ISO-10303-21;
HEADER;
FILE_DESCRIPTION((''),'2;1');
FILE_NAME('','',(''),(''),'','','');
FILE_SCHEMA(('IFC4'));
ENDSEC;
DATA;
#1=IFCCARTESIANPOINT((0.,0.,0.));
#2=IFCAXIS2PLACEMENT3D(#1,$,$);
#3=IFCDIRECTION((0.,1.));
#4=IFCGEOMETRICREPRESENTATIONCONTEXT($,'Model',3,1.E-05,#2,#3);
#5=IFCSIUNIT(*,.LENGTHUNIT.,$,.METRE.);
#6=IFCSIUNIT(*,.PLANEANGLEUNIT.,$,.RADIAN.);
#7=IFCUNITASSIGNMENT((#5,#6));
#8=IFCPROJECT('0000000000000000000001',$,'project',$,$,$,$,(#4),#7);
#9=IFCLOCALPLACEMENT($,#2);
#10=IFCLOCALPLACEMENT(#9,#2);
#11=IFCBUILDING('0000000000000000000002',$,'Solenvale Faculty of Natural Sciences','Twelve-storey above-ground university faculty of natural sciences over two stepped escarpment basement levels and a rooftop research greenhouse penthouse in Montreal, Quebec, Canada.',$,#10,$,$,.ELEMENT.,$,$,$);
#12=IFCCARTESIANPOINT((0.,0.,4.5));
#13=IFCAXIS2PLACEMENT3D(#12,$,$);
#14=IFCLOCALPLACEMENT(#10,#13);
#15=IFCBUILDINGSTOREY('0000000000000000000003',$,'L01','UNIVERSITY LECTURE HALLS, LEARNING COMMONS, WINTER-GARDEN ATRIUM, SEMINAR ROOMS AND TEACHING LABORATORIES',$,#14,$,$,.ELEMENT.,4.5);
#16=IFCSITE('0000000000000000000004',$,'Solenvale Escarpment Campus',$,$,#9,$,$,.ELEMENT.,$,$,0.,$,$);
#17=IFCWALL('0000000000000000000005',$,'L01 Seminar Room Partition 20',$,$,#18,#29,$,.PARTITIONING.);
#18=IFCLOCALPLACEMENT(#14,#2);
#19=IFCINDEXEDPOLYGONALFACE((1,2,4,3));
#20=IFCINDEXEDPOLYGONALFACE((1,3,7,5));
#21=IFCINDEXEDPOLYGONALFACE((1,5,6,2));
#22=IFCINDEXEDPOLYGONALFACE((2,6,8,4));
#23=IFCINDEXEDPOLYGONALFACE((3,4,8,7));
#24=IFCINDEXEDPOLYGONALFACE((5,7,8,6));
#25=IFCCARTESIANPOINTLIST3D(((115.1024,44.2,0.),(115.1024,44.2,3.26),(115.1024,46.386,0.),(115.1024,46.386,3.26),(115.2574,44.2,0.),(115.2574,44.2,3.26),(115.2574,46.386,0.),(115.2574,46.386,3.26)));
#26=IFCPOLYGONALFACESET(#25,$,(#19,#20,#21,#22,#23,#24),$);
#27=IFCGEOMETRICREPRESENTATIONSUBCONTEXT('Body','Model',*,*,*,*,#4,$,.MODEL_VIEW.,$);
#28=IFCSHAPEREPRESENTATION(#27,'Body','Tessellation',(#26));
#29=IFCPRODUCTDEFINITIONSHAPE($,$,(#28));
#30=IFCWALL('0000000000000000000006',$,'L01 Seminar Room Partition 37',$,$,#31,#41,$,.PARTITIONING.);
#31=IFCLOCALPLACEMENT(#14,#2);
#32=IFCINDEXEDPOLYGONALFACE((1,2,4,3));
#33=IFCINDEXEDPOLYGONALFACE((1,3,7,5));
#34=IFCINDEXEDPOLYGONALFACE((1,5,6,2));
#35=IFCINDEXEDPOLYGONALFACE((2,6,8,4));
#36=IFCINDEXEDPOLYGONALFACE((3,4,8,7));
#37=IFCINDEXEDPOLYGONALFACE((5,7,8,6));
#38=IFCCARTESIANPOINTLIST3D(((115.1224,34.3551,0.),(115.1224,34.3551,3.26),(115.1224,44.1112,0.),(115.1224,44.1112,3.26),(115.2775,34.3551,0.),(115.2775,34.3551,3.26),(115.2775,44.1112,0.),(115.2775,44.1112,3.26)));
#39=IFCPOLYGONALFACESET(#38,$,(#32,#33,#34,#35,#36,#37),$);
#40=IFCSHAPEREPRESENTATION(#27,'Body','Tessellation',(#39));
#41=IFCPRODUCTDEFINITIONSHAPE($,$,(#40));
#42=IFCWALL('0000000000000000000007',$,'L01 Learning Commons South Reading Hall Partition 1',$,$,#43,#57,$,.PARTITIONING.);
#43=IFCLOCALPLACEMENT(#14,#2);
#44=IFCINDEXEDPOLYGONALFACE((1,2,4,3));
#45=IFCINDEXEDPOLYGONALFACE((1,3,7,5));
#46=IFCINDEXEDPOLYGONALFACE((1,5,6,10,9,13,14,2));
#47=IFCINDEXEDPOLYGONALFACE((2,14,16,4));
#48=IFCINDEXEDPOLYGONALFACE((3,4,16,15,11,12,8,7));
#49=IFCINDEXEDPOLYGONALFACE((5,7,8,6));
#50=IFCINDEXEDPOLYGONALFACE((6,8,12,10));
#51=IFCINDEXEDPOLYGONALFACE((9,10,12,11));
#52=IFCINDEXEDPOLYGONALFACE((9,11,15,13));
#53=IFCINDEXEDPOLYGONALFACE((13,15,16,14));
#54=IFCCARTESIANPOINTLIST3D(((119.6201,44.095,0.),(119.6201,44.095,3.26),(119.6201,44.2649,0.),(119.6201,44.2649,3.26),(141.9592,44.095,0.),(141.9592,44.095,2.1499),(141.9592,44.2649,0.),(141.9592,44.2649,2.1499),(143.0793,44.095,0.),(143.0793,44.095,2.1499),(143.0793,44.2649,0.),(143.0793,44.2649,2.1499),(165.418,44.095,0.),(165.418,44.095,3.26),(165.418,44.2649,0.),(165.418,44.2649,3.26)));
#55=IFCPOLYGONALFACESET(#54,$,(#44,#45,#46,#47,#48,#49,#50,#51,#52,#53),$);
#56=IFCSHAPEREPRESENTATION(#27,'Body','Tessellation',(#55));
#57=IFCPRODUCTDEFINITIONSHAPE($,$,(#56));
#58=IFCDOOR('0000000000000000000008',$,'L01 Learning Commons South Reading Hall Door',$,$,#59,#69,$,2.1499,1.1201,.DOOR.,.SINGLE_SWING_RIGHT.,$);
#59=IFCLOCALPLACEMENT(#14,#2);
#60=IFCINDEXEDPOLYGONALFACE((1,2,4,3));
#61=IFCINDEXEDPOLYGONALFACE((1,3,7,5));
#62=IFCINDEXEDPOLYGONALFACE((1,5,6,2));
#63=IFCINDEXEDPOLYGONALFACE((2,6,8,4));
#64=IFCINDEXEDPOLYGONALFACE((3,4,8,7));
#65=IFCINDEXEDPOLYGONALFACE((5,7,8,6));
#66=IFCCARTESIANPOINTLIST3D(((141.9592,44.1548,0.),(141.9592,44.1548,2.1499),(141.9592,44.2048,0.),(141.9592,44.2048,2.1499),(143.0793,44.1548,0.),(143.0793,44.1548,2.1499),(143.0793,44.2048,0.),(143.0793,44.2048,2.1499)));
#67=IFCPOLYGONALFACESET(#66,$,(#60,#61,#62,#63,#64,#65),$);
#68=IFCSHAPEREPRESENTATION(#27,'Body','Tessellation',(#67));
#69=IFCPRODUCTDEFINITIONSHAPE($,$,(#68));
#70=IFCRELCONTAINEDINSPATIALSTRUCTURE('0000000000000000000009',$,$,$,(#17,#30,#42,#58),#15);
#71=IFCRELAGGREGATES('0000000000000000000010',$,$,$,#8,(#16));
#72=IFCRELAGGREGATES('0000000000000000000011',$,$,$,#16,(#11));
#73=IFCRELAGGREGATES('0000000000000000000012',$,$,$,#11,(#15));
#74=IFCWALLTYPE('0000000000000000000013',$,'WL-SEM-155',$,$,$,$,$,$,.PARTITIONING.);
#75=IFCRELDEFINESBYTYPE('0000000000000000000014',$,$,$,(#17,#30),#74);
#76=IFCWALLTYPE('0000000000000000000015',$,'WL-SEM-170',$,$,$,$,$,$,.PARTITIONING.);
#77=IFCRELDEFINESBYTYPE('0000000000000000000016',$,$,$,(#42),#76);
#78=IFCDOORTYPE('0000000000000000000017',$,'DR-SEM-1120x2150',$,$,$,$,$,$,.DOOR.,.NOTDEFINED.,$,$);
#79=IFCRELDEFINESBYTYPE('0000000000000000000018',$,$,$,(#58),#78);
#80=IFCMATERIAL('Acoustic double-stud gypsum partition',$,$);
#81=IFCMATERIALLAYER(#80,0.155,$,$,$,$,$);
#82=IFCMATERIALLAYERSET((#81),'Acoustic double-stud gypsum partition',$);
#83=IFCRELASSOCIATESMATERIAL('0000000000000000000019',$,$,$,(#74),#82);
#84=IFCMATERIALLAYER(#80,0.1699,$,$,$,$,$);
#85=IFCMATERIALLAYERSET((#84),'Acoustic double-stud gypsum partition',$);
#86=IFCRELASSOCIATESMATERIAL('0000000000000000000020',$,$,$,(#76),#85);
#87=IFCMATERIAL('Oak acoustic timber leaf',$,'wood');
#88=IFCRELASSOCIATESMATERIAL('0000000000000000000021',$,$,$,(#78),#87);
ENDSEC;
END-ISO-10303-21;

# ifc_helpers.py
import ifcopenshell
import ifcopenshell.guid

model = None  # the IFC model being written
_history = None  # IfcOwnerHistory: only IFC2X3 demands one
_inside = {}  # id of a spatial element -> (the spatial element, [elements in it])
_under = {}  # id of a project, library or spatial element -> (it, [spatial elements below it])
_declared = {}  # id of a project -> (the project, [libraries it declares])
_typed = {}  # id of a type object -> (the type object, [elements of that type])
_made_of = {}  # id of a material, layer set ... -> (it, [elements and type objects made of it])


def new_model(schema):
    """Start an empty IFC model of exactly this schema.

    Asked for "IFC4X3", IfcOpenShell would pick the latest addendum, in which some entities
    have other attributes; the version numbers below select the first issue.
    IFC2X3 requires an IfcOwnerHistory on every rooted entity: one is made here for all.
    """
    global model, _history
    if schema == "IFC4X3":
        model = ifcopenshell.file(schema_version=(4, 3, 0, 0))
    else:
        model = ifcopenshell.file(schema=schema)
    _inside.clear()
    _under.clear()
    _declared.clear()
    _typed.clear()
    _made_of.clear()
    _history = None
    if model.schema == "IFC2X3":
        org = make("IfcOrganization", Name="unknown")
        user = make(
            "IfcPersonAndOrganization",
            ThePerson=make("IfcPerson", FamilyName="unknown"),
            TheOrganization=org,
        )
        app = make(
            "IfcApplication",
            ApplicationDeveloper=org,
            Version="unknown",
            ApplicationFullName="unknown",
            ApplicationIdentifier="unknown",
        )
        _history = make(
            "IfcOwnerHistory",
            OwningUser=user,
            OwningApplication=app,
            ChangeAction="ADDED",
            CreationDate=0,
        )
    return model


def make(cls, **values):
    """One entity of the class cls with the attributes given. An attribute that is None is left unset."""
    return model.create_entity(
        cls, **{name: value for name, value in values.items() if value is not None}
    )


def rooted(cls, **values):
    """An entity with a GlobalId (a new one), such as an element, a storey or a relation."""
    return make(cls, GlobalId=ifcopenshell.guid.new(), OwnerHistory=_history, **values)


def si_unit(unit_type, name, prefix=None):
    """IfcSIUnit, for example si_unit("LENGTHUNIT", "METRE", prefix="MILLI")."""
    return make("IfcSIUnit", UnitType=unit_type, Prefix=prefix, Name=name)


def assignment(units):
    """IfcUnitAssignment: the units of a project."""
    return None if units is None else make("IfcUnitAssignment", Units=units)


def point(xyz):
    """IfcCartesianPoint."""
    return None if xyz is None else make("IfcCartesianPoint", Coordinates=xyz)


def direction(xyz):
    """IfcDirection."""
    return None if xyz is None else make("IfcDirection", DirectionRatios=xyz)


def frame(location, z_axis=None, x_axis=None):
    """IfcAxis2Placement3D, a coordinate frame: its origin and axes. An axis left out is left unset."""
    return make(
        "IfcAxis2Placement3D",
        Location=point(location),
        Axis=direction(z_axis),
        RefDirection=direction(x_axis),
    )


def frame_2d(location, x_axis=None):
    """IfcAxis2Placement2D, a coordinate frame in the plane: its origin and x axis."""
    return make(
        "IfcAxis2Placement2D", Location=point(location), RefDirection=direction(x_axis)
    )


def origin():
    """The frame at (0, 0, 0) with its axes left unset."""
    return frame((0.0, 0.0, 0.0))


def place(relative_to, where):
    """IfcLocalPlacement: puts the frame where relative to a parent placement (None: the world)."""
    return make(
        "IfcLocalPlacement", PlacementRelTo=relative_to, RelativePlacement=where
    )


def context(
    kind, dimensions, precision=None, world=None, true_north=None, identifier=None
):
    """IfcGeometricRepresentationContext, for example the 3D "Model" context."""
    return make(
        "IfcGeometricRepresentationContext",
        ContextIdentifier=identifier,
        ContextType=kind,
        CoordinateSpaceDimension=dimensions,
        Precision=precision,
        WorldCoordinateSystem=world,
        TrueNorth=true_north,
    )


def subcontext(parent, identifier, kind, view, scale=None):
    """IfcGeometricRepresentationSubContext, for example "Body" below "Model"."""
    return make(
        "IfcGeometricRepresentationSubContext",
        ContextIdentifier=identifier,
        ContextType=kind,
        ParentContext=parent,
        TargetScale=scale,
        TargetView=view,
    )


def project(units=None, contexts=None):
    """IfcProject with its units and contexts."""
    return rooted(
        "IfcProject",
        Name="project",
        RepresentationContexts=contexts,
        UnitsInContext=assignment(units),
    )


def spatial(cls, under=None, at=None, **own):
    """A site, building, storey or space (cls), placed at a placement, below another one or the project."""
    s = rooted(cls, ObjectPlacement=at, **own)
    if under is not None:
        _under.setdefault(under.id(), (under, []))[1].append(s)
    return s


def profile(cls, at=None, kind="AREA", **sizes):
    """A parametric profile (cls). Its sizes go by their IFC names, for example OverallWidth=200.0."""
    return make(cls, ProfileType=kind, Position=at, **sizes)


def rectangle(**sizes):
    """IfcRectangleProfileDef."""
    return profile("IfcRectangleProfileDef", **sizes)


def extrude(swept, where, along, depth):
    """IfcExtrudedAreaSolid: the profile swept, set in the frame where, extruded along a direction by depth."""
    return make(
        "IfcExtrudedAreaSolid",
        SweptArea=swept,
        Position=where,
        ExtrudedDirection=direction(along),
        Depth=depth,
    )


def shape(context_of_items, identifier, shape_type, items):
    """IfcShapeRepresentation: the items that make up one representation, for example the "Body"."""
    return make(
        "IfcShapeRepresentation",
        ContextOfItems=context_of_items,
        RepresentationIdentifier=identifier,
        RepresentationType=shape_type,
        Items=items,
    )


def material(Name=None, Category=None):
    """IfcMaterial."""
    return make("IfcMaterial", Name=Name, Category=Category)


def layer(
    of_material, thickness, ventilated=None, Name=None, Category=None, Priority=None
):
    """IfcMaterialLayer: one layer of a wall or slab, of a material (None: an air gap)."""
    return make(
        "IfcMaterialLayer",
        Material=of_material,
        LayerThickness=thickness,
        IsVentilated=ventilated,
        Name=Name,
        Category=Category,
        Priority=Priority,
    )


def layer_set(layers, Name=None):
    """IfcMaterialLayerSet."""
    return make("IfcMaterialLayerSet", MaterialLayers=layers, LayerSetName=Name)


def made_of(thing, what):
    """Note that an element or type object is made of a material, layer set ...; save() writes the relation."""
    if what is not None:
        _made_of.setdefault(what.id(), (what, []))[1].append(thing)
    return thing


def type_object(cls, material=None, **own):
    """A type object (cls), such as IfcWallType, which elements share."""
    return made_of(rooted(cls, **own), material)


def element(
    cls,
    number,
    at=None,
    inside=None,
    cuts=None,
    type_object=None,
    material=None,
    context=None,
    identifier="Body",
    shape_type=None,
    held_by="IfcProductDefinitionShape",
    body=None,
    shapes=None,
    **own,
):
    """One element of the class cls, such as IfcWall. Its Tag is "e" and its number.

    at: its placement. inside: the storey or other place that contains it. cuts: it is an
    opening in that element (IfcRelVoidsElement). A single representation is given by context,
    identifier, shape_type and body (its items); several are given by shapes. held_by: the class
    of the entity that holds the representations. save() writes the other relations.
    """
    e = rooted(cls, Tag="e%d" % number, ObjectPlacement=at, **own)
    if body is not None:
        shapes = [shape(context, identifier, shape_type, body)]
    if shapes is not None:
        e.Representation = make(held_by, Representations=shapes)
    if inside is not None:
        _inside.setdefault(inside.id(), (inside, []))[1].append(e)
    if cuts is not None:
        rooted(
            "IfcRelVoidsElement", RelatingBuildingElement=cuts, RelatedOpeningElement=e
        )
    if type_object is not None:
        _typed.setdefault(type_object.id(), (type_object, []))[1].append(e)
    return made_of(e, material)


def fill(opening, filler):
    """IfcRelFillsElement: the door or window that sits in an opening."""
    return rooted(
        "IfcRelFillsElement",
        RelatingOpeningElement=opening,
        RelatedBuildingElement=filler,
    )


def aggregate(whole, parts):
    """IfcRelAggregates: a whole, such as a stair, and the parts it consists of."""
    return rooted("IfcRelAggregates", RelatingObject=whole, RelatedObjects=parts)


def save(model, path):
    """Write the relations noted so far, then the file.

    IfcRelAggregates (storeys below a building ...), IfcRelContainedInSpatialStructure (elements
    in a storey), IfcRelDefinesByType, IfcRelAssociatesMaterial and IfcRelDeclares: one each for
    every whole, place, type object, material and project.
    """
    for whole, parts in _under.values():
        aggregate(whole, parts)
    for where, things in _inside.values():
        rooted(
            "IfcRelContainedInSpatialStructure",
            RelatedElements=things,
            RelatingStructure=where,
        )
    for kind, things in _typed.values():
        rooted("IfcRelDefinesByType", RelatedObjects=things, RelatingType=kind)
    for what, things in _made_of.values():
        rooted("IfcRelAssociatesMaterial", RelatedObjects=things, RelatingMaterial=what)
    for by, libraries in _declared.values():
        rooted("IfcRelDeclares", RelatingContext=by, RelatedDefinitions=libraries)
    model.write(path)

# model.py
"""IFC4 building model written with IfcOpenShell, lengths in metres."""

from ifc_helpers import new_model, si_unit, direction, frame, frame_2d, origin, place, context, subcontext, project, spatial, rectangle, extrude, material, layer, layer_set, type_object, element, fill, save


model = new_model("IFC4")

# Units and contexts
model_context = context("Model", 3, precision=1e-05, world=origin(), true_north=direction((0.0, 1.0)))
body_context = subcontext(model_context, "Body", "Model", "MODEL_VIEW")
ifc_project = project(units=[si_unit("LENGTHUNIT", "METRE"), si_unit("PLANEANGLEUNIT", "RADIAN")], contexts=[model_context])

# Site, building, storey
site_placement = place(None, origin())
site = spatial("IfcSite", under=ifc_project, at=site_placement, Name="Solenvale Escarpment Campus", CompositionType="ELEMENT", RefElevation=0.0)
building_placement = place(site_placement, origin())
building = spatial("IfcBuilding", under=site, at=building_placement, Name="Solenvale Faculty of Natural Sciences", Description="Twelve-storey above-ground university faculty of natural sciences over two stepped escarpment basement levels and a rooftop research greenhouse penthouse in Montreal, Quebec, Canada.", CompositionType="ELEMENT")
storey_placement = place(building_placement, frame((0.0, 0.0, 4.5)))
storey = spatial("IfcBuildingStorey", under=building, at=storey_placement, Name="L01", Description="UNIVERSITY LECTURE HALLS, LEARNING COMMONS, WINTER-GARDEN ATRIUM, SEMINAR ROOMS AND TEACHING LABORATORIES", CompositionType="ELEMENT", Elevation=4.5)

# Walls
ifc_material_1 = material(Name="Acoustic double-stud gypsum partition")
ifc_layer_1 = layer(ifc_material_1, 0.155)
ifc_layer_set_1 = layer_set([ifc_layer_1], Name="Acoustic double-stud gypsum partition")
wall_type_1 = type_object("IfcWallType", Name="WL-SEM-155", PredefinedType="PARTITIONING", material=ifc_layer_set_1)
wall_1_placement = place(storey_placement, frame((115.1799, 46.386, 0.0), z_axis=(0.0, 0.0, 1.0), x_axis=(0.0, -1.0, 0.0)))
element("IfcWall", 1, at=wall_1_placement, inside=storey, type_object=wall_type_1, Name="L01 Seminar Room Partition 20", PredefinedType="PARTITIONING", context=body_context, shape_type="SweptSolid", body=[
    extrude(rectangle(XDim=2.186, YDim=0.155, at=frame_2d((1.093, 0.0))), origin(), (0.0, 0.0, 1.0), 3.26),
])
wall_2_placement = place(storey_placement, frame((115.2, 44.1111, 0.0), z_axis=(0.0, 0.0, 1.0), x_axis=(0.0, -1.0, 0.0)))
element("IfcWall", 2, at=wall_2_placement, inside=storey, type_object=wall_type_1, Name="L01 Seminar Room Partition 37", PredefinedType="PARTITIONING", context=body_context, shape_type="SweptSolid", body=[
    extrude(rectangle(XDim=9.7561, YDim=0.155, at=frame_2d((4.8779, 0.0))), origin(), (0.0, 0.0, 1.0), 3.26),
])

# Wall, opening, door
ifc_layer_2 = layer(ifc_material_1, 0.1699)
ifc_layer_set_2 = layer_set([ifc_layer_2], Name="Acoustic double-stud gypsum partition")
wall_type_2 = type_object("IfcWallType", Name="WL-SEM-170", PredefinedType="PARTITIONING", material=ifc_layer_set_2)
wall_3_placement = place(storey_placement, frame((119.6201, 44.1799, 0.0), z_axis=(0.0, 0.0, 1.0), x_axis=(1.0, 0.0, 0.0)))
wall_3 = element("IfcWall", 3, at=wall_3_placement, inside=storey, type_object=wall_type_2, Name="L01 Learning Commons South Reading Hall Partition 1", PredefinedType="PARTITIONING", context=body_context, shape_type="SweptSolid", body=[
    extrude(rectangle(XDim=45.7979, YDim=0.1699, at=frame_2d((22.8989, 0.0))), origin(), (0.0, 0.0, 1.0), 3.26),
])
opening_placement = place(wall_3_placement, frame((22.3391, 0.0, 0.0)))
opening = element("IfcOpeningElement", 4, at=opening_placement, cuts=wall_3, PredefinedType="OPENING", context=body_context, shape_type="SweptSolid", body=[
    extrude(rectangle(XDim=1.1201, YDim=2.1499, at=frame_2d((0.5601, 1.075))), frame((0.0, 0.095, 0.0), z_axis=(0.0, -1.0, 0.0), x_axis=(1.0, 0.0, 0.0)), (0.0, 0.0, 1.0), 0.1899),
])
ifc_material_2 = material(Name="Oak acoustic timber leaf", Category="wood")
door_type = type_object("IfcDoorType", Name="DR-SEM-1120x2150", OperationType="NOTDEFINED", PredefinedType="DOOR", material=ifc_material_2)
door_placement = place(opening_placement, origin())
door = element("IfcDoor", 5, at=door_placement, inside=storey, type_object=door_type, Name="L01 Learning Commons South Reading Hall Door", OperationType="SINGLE_SWING_RIGHT", OverallHeight=2.1499, OverallWidth=1.1201, PredefinedType="DOOR", context=body_context, shape_type="SweptSolid", body=[
    extrude(rectangle(XDim=1.1201, YDim=2.1499, at=frame_2d((0.5601, 1.075))), frame((0.0, 0.0249, 0.0), z_axis=(0.0, -1.0, 0.0), x_axis=(1.0, 0.0, 0.0)), (0.0, 0.0, 1.0), 0.05),
])
fill(opening, door)

save(model, "model.ifc")
